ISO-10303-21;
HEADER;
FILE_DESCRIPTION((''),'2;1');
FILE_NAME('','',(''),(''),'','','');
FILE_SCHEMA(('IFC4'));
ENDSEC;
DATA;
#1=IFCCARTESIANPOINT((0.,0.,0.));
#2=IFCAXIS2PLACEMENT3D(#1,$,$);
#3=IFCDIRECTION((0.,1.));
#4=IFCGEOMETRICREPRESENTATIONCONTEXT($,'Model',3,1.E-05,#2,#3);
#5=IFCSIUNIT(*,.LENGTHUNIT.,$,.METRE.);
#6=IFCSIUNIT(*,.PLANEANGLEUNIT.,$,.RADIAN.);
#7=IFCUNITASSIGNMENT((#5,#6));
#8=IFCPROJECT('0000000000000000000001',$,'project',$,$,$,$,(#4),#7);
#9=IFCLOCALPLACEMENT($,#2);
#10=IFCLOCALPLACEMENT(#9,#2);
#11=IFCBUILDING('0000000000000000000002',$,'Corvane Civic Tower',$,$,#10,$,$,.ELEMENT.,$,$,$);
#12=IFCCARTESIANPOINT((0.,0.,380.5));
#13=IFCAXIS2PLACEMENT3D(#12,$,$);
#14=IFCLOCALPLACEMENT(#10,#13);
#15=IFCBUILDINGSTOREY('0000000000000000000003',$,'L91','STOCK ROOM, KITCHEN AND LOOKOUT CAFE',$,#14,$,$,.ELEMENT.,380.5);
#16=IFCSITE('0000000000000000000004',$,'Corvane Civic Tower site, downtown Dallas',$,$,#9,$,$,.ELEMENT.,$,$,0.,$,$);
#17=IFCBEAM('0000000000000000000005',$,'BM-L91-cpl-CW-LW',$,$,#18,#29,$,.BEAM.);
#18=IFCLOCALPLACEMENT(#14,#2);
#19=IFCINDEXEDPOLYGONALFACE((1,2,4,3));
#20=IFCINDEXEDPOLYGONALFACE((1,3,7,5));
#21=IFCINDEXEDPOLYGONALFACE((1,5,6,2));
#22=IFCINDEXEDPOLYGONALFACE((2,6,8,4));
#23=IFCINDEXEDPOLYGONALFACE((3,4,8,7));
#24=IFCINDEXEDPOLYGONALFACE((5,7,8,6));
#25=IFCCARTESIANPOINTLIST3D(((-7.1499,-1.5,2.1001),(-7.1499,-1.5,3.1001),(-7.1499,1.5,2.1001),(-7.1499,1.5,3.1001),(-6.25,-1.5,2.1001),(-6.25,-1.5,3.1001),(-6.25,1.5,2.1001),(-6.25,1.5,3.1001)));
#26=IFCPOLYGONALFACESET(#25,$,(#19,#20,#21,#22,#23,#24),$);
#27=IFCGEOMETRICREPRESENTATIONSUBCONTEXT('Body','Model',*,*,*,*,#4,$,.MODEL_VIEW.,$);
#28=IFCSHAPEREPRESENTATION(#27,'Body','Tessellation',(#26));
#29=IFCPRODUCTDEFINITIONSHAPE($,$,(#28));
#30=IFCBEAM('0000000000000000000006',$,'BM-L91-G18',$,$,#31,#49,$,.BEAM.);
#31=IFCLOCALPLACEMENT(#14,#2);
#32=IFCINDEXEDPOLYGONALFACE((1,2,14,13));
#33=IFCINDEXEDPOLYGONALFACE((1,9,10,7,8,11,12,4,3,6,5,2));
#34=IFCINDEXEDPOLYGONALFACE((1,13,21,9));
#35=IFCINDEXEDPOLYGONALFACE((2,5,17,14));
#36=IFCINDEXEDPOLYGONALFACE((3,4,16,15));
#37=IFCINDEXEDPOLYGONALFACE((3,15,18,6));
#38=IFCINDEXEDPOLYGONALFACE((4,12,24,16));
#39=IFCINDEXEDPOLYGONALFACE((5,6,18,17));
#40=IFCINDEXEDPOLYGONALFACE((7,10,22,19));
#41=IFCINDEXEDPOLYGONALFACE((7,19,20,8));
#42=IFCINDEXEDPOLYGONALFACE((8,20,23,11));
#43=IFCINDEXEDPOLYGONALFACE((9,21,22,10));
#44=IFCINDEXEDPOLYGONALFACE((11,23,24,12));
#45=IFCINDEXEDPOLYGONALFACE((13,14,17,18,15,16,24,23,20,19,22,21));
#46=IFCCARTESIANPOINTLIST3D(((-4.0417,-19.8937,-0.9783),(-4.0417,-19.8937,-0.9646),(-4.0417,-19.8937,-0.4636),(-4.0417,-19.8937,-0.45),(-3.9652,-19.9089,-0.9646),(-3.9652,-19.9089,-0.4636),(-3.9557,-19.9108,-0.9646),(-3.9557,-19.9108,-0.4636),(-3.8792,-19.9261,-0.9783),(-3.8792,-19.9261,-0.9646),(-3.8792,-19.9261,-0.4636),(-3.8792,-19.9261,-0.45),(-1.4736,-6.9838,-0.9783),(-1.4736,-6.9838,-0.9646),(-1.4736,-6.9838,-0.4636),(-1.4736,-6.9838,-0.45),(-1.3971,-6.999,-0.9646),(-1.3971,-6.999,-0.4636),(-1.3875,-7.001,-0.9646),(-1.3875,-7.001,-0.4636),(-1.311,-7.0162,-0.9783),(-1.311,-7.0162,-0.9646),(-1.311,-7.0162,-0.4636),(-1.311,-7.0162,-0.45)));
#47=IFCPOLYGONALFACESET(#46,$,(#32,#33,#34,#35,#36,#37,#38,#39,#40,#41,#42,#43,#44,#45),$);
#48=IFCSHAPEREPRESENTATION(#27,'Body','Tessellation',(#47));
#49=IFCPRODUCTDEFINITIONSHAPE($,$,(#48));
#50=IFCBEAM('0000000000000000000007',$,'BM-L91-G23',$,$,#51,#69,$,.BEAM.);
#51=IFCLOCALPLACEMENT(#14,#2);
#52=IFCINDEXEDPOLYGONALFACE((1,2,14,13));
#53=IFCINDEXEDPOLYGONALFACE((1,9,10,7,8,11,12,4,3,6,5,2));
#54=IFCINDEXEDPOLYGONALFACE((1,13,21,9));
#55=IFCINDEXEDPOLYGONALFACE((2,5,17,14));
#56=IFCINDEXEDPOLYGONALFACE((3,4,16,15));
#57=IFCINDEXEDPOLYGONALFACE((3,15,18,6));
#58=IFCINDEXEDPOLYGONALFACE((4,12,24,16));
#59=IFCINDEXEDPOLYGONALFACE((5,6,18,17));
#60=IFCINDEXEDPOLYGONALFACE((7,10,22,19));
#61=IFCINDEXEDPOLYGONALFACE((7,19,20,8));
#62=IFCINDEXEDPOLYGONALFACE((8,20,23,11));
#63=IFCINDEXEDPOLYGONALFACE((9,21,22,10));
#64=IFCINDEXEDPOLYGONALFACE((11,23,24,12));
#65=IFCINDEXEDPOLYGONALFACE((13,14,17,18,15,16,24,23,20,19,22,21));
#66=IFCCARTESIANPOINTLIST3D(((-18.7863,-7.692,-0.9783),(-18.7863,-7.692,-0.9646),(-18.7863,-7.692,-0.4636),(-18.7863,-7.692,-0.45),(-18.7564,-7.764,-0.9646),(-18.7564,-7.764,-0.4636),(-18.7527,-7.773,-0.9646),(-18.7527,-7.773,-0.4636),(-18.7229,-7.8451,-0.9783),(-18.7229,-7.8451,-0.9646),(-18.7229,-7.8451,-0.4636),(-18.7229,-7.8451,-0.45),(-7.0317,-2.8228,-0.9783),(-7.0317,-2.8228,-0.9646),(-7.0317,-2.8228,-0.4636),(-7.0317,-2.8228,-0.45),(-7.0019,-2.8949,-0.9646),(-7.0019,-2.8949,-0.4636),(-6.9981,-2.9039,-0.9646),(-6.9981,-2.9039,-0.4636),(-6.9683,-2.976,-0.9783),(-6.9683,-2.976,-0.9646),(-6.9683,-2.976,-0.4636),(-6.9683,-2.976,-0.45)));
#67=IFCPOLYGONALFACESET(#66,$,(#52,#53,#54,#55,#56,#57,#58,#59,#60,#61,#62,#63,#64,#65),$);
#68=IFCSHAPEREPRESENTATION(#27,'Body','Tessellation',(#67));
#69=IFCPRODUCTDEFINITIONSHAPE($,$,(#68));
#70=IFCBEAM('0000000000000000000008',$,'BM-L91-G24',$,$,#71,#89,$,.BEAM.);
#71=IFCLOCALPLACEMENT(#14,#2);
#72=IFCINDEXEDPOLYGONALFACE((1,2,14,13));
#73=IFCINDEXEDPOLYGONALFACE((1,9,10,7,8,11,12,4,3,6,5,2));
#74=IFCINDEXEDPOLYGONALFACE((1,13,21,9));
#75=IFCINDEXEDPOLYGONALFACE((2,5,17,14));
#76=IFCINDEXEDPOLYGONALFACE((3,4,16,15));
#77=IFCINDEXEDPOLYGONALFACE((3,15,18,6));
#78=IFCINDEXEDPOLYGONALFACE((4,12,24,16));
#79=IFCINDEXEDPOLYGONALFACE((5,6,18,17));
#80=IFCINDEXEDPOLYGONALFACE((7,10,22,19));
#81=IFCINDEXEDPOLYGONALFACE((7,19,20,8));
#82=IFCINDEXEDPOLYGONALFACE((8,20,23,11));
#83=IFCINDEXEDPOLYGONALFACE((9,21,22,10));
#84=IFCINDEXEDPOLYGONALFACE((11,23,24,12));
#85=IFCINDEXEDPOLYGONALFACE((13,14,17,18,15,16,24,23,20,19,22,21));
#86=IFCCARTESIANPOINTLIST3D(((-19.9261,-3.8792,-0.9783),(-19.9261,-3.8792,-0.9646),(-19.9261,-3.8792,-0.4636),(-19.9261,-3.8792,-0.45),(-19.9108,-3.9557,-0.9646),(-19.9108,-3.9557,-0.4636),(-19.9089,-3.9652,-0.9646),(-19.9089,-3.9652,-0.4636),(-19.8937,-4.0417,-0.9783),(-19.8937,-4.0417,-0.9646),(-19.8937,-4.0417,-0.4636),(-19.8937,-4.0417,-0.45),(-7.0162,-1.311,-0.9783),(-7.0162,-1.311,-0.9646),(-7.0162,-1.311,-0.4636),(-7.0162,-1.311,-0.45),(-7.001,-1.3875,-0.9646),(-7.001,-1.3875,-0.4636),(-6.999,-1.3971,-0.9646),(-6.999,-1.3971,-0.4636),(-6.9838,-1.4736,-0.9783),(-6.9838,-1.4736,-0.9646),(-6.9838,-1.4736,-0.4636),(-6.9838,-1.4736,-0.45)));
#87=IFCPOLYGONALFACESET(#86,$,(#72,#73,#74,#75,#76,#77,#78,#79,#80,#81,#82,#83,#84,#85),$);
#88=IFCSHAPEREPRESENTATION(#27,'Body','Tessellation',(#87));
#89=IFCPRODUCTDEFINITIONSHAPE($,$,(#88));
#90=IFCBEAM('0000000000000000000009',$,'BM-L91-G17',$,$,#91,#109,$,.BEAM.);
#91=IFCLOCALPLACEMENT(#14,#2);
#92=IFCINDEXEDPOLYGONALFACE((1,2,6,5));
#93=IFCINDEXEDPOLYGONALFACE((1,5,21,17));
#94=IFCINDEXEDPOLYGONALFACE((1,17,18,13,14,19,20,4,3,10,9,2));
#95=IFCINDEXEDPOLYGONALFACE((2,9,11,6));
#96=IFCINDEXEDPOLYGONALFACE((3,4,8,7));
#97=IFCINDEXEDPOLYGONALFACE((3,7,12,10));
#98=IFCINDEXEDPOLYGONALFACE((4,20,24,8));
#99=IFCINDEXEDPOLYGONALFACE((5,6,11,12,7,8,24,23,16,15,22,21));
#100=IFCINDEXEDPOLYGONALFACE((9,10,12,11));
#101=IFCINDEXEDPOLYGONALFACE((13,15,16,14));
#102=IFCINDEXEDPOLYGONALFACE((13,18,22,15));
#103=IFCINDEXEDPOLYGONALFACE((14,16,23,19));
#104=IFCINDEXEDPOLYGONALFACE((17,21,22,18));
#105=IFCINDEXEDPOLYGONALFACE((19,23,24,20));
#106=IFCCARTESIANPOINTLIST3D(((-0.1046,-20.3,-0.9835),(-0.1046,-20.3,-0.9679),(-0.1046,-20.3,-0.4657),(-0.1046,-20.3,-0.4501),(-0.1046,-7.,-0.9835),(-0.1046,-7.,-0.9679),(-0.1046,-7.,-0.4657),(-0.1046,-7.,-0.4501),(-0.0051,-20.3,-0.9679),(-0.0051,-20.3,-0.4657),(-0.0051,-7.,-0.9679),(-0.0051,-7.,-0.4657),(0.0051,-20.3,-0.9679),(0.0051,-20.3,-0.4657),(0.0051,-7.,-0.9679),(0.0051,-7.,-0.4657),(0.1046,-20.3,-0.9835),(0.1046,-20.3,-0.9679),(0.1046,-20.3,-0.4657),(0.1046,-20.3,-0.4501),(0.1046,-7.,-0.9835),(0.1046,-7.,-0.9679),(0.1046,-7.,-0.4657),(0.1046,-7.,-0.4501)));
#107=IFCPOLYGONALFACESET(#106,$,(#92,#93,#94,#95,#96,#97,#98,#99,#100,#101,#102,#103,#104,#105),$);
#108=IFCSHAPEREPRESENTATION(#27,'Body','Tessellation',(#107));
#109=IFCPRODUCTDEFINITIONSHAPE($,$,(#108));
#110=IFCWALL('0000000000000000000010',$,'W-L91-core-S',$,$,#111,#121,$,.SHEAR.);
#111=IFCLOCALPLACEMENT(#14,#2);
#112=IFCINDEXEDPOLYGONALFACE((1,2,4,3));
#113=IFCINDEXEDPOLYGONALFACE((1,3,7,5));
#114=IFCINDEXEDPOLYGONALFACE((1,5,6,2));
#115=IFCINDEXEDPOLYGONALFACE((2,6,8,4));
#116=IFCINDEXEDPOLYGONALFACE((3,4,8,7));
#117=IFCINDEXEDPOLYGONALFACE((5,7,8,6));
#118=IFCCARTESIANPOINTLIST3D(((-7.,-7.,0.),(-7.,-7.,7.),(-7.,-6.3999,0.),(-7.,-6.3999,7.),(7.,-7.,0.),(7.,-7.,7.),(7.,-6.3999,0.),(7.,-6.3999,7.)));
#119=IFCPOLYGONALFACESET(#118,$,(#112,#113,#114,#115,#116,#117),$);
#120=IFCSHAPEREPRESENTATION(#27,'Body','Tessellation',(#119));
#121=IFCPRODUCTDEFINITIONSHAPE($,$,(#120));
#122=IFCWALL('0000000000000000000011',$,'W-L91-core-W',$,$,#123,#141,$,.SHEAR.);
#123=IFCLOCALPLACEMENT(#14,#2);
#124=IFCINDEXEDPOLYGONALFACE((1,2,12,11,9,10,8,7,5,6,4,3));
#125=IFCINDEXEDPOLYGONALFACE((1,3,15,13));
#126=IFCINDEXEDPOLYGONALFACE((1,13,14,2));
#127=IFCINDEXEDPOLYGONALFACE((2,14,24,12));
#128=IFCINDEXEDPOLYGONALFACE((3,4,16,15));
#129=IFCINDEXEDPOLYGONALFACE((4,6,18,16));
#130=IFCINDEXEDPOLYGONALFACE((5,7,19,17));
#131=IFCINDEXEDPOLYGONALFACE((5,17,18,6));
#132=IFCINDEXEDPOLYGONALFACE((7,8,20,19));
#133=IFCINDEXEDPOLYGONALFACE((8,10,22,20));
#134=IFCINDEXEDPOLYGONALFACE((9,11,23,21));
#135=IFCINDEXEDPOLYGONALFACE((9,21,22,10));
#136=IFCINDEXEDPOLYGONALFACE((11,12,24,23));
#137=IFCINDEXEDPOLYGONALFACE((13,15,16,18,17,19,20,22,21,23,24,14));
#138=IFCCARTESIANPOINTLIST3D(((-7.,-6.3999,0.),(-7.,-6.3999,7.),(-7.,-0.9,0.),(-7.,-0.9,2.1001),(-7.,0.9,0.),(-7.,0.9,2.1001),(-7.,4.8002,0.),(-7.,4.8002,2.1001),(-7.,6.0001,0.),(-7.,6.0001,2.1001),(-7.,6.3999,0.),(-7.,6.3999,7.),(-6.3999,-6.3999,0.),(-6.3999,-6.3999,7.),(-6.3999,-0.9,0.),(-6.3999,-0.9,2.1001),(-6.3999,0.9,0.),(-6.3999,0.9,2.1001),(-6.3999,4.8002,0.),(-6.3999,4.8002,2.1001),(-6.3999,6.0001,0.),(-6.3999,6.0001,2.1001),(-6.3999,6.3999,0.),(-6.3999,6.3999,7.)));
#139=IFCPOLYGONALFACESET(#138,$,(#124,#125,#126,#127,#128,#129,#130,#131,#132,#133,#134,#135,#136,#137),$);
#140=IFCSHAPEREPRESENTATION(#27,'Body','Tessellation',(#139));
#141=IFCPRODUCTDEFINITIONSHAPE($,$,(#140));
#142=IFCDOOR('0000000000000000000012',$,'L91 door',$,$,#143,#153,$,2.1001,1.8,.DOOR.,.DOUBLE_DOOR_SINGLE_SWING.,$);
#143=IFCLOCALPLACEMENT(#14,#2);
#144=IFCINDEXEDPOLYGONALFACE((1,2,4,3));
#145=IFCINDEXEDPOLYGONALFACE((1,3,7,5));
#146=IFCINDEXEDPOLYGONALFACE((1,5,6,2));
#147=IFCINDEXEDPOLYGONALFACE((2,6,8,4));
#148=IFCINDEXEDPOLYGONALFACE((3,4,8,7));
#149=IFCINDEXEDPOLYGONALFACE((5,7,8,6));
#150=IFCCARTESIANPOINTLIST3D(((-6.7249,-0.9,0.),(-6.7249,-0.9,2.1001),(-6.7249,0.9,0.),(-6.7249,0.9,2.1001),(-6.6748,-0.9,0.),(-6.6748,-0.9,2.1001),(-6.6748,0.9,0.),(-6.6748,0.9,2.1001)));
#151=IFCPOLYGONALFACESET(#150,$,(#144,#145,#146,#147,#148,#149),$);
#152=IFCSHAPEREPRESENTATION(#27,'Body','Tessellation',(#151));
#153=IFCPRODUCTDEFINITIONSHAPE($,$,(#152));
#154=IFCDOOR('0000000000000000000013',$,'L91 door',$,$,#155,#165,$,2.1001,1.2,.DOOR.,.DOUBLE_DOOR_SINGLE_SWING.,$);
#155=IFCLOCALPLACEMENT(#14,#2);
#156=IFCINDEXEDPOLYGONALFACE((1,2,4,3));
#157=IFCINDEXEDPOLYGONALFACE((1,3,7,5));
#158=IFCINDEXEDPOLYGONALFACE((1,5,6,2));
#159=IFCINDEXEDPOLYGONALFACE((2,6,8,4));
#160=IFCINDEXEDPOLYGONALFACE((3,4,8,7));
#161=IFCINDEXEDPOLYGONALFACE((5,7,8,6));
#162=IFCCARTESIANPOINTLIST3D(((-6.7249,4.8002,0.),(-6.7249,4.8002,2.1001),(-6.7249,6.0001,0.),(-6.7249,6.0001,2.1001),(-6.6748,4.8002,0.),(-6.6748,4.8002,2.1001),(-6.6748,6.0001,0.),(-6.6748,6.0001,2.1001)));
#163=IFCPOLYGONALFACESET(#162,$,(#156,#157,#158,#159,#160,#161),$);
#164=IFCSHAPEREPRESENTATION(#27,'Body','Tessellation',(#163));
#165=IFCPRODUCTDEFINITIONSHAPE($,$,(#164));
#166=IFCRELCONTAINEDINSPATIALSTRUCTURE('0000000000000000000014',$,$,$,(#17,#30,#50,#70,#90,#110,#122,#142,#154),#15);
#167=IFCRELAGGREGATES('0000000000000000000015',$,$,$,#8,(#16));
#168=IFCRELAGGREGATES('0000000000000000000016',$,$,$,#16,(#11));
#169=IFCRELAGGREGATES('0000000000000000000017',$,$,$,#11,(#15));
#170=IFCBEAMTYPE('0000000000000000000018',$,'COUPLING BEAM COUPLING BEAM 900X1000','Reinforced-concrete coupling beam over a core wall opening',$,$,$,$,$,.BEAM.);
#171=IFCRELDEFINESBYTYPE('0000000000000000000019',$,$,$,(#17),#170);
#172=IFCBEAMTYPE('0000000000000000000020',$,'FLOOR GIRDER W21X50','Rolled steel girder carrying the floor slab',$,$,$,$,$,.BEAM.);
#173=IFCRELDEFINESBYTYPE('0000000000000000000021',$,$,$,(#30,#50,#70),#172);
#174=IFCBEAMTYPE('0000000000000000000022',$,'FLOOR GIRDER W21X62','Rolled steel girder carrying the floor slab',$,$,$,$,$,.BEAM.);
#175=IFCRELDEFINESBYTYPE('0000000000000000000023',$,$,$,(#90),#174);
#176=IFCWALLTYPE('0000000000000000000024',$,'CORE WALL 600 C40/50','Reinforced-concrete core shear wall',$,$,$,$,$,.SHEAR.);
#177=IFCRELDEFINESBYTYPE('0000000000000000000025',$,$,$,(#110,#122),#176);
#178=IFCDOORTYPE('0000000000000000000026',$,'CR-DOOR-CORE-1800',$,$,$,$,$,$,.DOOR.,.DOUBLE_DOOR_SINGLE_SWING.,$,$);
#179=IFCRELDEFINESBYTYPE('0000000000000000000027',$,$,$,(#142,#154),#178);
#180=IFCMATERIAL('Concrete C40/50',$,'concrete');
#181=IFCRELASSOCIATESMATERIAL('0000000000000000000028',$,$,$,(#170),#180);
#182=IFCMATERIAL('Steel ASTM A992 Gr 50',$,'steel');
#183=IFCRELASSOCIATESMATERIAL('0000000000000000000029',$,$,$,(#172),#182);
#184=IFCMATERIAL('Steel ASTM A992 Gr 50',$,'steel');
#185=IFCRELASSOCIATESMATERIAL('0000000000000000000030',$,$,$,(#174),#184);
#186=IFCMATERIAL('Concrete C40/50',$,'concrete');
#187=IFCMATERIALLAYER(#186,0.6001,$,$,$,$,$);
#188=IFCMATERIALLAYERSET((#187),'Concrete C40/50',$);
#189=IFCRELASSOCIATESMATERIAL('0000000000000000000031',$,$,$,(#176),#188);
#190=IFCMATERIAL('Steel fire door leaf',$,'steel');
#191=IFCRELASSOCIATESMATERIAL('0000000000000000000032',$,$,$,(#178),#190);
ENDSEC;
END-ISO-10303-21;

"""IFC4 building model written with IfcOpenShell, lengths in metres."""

from ifc_helpers import new_model, si_unit, direction, frame, frame_2d, origin, origin_2d, place, context, subcontext, project, spatial, rectangle, i_section, extrude, material, layer, layer_set, material_profile, profile_set, type_object, element, fill, save


model = new_model("IFC4")

# Units and contexts
model_context = context("Model", 3, precision=1e-05, world=origin(), true_north=direction((0.0, 1.0)))
body_context = subcontext(model_context, "Body", "Model", "MODEL_VIEW")
ifc_project = project(units=[si_unit("LENGTHUNIT", "METRE"), si_unit("PLANEANGLEUNIT", "RADIAN")], contexts=[model_context])

# Site, building, storey
site_placement = place(None, origin())
site = spatial("IfcSite", under=ifc_project, at=site_placement, Name="Corvane Civic Tower site, downtown Dallas", CompositionType="ELEMENT", RefElevation=0.0)
building_placement = place(site_placement, origin())
building = spatial("IfcBuilding", under=site, at=building_placement, Name="Corvane Civic Tower", CompositionType="ELEMENT")
storey_placement = place(building_placement, frame((0.0, 0.0, 380.5)))
storey = spatial("IfcBuildingStorey", under=building, at=storey_placement, Name="L91", Description="STOCK ROOM, KITCHEN AND LOOKOUT CAFE", CompositionType="ELEMENT", Elevation=380.5)

# Beams
ifc_material_1 = material(Name="Concrete C40/50", Category="concrete")
ifc_material_profile_1 = material_profile(ifc_material_1, rectangle(XDim=0.8999, YDim=1.0, at=origin_2d()), Name="COUPLING BEAM 900X1000")
ifc_profile_set_1 = profile_set([ifc_material_profile_1], Name="Concrete C40/50")
beam_type_1 = type_object("IfcBeamType", Name="COUPLING BEAM COUPLING BEAM 900X1000", Description="Reinforced-concrete coupling beam over a core wall opening", PredefinedType="BEAM", material=ifc_profile_set_1)
beam_1_placement = place(storey_placement, frame((-6.7, -1.5, 2.6001), z_axis=(0.0, 1.0, 0.0), x_axis=(-1.0, 0.0, 0.0)))
element("IfcBeam", 1, at=beam_1_placement, inside=storey, type_object=beam_type_1, Name="BM-L91-cpl-CW-LW", PredefinedType="BEAM", context=body_context, shape_type="SweptSolid", body=[
    extrude(rectangle(XDim=0.8999, YDim=1.0, at=origin_2d()), origin(), (0.0, 0.0, 1.0), 3.0),
])
ifc_material_2 = material(Name="Steel ASTM A992 Gr 50", Category="steel")
ifc_material_profile_2 = material_profile(ifc_material_2, i_section(OverallWidth=0.1658, OverallDepth=0.5283, WebThickness=0.0098, FlangeThickness=0.0137, at=origin_2d()), Name="W21X50")
ifc_profile_set_2 = profile_set([ifc_material_profile_2], Name="Steel ASTM A992 Gr 50")
beam_type_2 = type_object("IfcBeamType", Name="FLOOR GIRDER W21X50", Description="Rolled steel girder carrying the floor slab", PredefinedType="BEAM", material=ifc_profile_set_2)
beam_2_placement = place(storey_placement, frame((-1.3923, -7.0, -0.7141), z_axis=(-0.195103, -0.980783, 0.0), x_axis=(0.980783, -0.195103, 0.0)))
element("IfcBeam", 2, at=beam_2_placement, inside=storey, type_object=beam_type_2, Name="BM-L91-G18", PredefinedType="BEAM", context=body_context, shape_type="SweptSolid", body=[
    extrude(i_section(OverallWidth=0.1658, OverallDepth=0.5283, WebThickness=0.0098, FlangeThickness=0.0137, at=origin_2d()), origin(), (0.0, 0.0, 1.0), 13.1628),
])
beam_3_placement = place(storey_placement, frame((-7.0, -2.8994, -0.7141), z_axis=(-0.923874, -0.382698, 0.0), x_axis=(0.382698, -0.923874, 0.0)))
element("IfcBeam", 3, at=beam_3_placement, inside=storey, type_object=beam_type_2, Name="BM-L91-G23", PredefinedType="BEAM", context=body_context, shape_type="SweptSolid", body=[
    extrude(i_section(OverallWidth=0.1658, OverallDepth=0.5283, WebThickness=0.0098, FlangeThickness=0.0137, at=origin_2d()), origin(), (0.0, 0.0, 1.0), 12.7231),
])
beam_4_placement = place(storey_placement, frame((-7.0, -1.3923, -0.7141), z_axis=(-0.980783, -0.195103, 0.0), x_axis=(0.195103, -0.980783, 0.0)))
element("IfcBeam", 4, at=beam_4_placement, inside=storey, type_object=beam_type_2, Name="BM-L91-G24", PredefinedType="BEAM", context=body_context, shape_type="SweptSolid", body=[
    extrude(i_section(OverallWidth=0.1658, OverallDepth=0.5283, WebThickness=0.0098, FlangeThickness=0.0137, at=origin_2d()), origin(), (0.0, 0.0, 1.0), 13.1628),
])
ifc_material_3 = material(Name="Steel ASTM A992 Gr 50", Category="steel")
ifc_material_profile_3 = material_profile(ifc_material_3, i_section(OverallWidth=0.2092, OverallDepth=0.5334, WebThickness=0.0103, FlangeThickness=0.0156, at=origin_2d()), Name="W21X62")
ifc_profile_set_3 = profile_set([ifc_material_profile_3], Name="Steel ASTM A992 Gr 50")
beam_type_3 = type_object("IfcBeamType", Name="FLOOR GIRDER W21X62", Description="Rolled steel girder carrying the floor slab", PredefinedType="BEAM", material=ifc_profile_set_3)
beam_5_placement = place(storey_placement, frame((0.0, -7.0, -0.7168), z_axis=(0.0, -1.0, 0.0), x_axis=(1.0, 0.0, 0.0)))
element("IfcBeam", 5, at=beam_5_placement, inside=storey, type_object=beam_type_3, Name="BM-L91-G17", PredefinedType="BEAM", context=body_context, shape_type="SweptSolid", body=[
    extrude(i_section(OverallWidth=0.2092, OverallDepth=0.5334, WebThickness=0.0103, FlangeThickness=0.0156, at=origin_2d()), origin(), (0.0, 0.0, 1.0), 13.3),
])

# Wall
ifc_material_4 = material(Name="Concrete C40/50", Category="concrete")
ifc_layer_1 = layer(ifc_material_4, 0.6001)
ifc_layer_set_1 = layer_set([ifc_layer_1], Name="Concrete C40/50")
wall_type_1 = type_object("IfcWallType", Name="CORE WALL 600 C40/50", Description="Reinforced-concrete core shear wall", PredefinedType="SHEAR", material=ifc_layer_set_1)
wall_1_placement = place(storey_placement, frame((-7.0, -6.7, 0.0), z_axis=(0.0, 0.0, 1.0), x_axis=(1.0, 0.0, 0.0)))
element("IfcWall", 6, at=wall_1_placement, inside=storey, type_object=wall_type_1, Name="W-L91-core-S", PredefinedType="SHEAR", context=body_context, shape_type="SweptSolid", body=[
    extrude(rectangle(XDim=14.0, YDim=0.6001, at=frame_2d((7.0, 0.0))), origin(), (0.0, 0.0, 1.0), 7.0),
])

# Wall, openings, doors
wall_2_placement = place(storey_placement, frame((-6.7, -6.3999, 0.0), z_axis=(0.0, 0.0, 1.0), x_axis=(0.0, 1.0, 0.0)))
wall_2 = element("IfcWall", 7, at=wall_2_placement, inside=storey, type_object=wall_type_1, Name="W-L91-core-W", PredefinedType="SHEAR", context=body_context, shape_type="SweptSolid", body=[
    extrude(rectangle(XDim=12.7998, YDim=0.6001, at=frame_2d((6.3999, 0.0))), origin(), (0.0, 0.0, 1.0), 7.0),
])
opening_1_placement = place(wall_2_placement, frame((5.5, 0.0, 0.0)))
opening_1 = element("IfcOpeningElement", 8, at=opening_1_placement, cuts=wall_2, PredefinedType="OPENING", context=body_context, shape_type="SweptSolid", body=[
    extrude(rectangle(XDim=1.8, YDim=2.1001, at=frame_2d((0.8999, 1.05))), frame((0.0, 0.3101, 0.0), z_axis=(0.0, -1.0, 0.0), x_axis=(1.0, 0.0, 0.0)), (0.0, 0.0, 1.0), 0.6201),
])
opening_2_placement = place(wall_2_placement, frame((11.2, 0.0, 0.0)))
opening_2 = element("IfcOpeningElement", 9, at=opening_2_placement, cuts=wall_2, PredefinedType="OPENING", context=body_context, shape_type="SweptSolid", body=[
    extrude(rectangle(XDim=1.2, YDim=2.1001, at=frame_2d((0.6001, 1.05))), frame((0.0, 0.3101, 0.0), z_axis=(0.0, -1.0, 0.0), x_axis=(1.0, 0.0, 0.0)), (0.0, 0.0, 1.0), 0.6201),
])
ifc_material_5 = material(Name="Steel fire door leaf", Category="steel")
door_type_1 = type_object("IfcDoorType", Name="CR-DOOR-CORE-1800", OperationType="DOUBLE_DOOR_SINGLE_SWING", PredefinedType="DOOR", material=ifc_material_5)
door_1_placement = place(opening_1_placement, origin())
door_1 = element("IfcDoor", 10, at=door_1_placement, inside=storey, type_object=door_type_1, Name="L91 door", OperationType="DOUBLE_DOOR_SINGLE_SWING", OverallHeight=2.1001, OverallWidth=1.8, PredefinedType="DOOR", context=body_context, shape_type="SweptSolid", body=[
    extrude(rectangle(XDim=1.8, YDim=2.1001, at=frame_2d((0.8999, 1.05))), frame((0.0, 0.0249, 0.0), z_axis=(0.0, -1.0, 0.0), x_axis=(1.0, 0.0, 0.0)), (0.0, 0.0, 1.0), 0.05),
])
fill(opening_1, door_1)
door_2_placement = place(opening_2_placement, origin())
door_2 = element("IfcDoor", 11, at=door_2_placement, inside=storey, type_object=door_type_1, Name="L91 door", OperationType="DOUBLE_DOOR_SINGLE_SWING", OverallHeight=2.1001, OverallWidth=1.2, PredefinedType="DOOR", context=body_context, shape_type="SweptSolid", body=[
    extrude(rectangle(XDim=1.2, YDim=2.1001, at=frame_2d((0.6001, 1.05))), frame((0.0, 0.0249, 0.0), z_axis=(0.0, -1.0, 0.0), x_axis=(1.0, 0.0, 0.0)), (0.0, 0.0, 1.0), 0.05),
])
fill(opening_2, door_2)

save(model, "model.ifc")
